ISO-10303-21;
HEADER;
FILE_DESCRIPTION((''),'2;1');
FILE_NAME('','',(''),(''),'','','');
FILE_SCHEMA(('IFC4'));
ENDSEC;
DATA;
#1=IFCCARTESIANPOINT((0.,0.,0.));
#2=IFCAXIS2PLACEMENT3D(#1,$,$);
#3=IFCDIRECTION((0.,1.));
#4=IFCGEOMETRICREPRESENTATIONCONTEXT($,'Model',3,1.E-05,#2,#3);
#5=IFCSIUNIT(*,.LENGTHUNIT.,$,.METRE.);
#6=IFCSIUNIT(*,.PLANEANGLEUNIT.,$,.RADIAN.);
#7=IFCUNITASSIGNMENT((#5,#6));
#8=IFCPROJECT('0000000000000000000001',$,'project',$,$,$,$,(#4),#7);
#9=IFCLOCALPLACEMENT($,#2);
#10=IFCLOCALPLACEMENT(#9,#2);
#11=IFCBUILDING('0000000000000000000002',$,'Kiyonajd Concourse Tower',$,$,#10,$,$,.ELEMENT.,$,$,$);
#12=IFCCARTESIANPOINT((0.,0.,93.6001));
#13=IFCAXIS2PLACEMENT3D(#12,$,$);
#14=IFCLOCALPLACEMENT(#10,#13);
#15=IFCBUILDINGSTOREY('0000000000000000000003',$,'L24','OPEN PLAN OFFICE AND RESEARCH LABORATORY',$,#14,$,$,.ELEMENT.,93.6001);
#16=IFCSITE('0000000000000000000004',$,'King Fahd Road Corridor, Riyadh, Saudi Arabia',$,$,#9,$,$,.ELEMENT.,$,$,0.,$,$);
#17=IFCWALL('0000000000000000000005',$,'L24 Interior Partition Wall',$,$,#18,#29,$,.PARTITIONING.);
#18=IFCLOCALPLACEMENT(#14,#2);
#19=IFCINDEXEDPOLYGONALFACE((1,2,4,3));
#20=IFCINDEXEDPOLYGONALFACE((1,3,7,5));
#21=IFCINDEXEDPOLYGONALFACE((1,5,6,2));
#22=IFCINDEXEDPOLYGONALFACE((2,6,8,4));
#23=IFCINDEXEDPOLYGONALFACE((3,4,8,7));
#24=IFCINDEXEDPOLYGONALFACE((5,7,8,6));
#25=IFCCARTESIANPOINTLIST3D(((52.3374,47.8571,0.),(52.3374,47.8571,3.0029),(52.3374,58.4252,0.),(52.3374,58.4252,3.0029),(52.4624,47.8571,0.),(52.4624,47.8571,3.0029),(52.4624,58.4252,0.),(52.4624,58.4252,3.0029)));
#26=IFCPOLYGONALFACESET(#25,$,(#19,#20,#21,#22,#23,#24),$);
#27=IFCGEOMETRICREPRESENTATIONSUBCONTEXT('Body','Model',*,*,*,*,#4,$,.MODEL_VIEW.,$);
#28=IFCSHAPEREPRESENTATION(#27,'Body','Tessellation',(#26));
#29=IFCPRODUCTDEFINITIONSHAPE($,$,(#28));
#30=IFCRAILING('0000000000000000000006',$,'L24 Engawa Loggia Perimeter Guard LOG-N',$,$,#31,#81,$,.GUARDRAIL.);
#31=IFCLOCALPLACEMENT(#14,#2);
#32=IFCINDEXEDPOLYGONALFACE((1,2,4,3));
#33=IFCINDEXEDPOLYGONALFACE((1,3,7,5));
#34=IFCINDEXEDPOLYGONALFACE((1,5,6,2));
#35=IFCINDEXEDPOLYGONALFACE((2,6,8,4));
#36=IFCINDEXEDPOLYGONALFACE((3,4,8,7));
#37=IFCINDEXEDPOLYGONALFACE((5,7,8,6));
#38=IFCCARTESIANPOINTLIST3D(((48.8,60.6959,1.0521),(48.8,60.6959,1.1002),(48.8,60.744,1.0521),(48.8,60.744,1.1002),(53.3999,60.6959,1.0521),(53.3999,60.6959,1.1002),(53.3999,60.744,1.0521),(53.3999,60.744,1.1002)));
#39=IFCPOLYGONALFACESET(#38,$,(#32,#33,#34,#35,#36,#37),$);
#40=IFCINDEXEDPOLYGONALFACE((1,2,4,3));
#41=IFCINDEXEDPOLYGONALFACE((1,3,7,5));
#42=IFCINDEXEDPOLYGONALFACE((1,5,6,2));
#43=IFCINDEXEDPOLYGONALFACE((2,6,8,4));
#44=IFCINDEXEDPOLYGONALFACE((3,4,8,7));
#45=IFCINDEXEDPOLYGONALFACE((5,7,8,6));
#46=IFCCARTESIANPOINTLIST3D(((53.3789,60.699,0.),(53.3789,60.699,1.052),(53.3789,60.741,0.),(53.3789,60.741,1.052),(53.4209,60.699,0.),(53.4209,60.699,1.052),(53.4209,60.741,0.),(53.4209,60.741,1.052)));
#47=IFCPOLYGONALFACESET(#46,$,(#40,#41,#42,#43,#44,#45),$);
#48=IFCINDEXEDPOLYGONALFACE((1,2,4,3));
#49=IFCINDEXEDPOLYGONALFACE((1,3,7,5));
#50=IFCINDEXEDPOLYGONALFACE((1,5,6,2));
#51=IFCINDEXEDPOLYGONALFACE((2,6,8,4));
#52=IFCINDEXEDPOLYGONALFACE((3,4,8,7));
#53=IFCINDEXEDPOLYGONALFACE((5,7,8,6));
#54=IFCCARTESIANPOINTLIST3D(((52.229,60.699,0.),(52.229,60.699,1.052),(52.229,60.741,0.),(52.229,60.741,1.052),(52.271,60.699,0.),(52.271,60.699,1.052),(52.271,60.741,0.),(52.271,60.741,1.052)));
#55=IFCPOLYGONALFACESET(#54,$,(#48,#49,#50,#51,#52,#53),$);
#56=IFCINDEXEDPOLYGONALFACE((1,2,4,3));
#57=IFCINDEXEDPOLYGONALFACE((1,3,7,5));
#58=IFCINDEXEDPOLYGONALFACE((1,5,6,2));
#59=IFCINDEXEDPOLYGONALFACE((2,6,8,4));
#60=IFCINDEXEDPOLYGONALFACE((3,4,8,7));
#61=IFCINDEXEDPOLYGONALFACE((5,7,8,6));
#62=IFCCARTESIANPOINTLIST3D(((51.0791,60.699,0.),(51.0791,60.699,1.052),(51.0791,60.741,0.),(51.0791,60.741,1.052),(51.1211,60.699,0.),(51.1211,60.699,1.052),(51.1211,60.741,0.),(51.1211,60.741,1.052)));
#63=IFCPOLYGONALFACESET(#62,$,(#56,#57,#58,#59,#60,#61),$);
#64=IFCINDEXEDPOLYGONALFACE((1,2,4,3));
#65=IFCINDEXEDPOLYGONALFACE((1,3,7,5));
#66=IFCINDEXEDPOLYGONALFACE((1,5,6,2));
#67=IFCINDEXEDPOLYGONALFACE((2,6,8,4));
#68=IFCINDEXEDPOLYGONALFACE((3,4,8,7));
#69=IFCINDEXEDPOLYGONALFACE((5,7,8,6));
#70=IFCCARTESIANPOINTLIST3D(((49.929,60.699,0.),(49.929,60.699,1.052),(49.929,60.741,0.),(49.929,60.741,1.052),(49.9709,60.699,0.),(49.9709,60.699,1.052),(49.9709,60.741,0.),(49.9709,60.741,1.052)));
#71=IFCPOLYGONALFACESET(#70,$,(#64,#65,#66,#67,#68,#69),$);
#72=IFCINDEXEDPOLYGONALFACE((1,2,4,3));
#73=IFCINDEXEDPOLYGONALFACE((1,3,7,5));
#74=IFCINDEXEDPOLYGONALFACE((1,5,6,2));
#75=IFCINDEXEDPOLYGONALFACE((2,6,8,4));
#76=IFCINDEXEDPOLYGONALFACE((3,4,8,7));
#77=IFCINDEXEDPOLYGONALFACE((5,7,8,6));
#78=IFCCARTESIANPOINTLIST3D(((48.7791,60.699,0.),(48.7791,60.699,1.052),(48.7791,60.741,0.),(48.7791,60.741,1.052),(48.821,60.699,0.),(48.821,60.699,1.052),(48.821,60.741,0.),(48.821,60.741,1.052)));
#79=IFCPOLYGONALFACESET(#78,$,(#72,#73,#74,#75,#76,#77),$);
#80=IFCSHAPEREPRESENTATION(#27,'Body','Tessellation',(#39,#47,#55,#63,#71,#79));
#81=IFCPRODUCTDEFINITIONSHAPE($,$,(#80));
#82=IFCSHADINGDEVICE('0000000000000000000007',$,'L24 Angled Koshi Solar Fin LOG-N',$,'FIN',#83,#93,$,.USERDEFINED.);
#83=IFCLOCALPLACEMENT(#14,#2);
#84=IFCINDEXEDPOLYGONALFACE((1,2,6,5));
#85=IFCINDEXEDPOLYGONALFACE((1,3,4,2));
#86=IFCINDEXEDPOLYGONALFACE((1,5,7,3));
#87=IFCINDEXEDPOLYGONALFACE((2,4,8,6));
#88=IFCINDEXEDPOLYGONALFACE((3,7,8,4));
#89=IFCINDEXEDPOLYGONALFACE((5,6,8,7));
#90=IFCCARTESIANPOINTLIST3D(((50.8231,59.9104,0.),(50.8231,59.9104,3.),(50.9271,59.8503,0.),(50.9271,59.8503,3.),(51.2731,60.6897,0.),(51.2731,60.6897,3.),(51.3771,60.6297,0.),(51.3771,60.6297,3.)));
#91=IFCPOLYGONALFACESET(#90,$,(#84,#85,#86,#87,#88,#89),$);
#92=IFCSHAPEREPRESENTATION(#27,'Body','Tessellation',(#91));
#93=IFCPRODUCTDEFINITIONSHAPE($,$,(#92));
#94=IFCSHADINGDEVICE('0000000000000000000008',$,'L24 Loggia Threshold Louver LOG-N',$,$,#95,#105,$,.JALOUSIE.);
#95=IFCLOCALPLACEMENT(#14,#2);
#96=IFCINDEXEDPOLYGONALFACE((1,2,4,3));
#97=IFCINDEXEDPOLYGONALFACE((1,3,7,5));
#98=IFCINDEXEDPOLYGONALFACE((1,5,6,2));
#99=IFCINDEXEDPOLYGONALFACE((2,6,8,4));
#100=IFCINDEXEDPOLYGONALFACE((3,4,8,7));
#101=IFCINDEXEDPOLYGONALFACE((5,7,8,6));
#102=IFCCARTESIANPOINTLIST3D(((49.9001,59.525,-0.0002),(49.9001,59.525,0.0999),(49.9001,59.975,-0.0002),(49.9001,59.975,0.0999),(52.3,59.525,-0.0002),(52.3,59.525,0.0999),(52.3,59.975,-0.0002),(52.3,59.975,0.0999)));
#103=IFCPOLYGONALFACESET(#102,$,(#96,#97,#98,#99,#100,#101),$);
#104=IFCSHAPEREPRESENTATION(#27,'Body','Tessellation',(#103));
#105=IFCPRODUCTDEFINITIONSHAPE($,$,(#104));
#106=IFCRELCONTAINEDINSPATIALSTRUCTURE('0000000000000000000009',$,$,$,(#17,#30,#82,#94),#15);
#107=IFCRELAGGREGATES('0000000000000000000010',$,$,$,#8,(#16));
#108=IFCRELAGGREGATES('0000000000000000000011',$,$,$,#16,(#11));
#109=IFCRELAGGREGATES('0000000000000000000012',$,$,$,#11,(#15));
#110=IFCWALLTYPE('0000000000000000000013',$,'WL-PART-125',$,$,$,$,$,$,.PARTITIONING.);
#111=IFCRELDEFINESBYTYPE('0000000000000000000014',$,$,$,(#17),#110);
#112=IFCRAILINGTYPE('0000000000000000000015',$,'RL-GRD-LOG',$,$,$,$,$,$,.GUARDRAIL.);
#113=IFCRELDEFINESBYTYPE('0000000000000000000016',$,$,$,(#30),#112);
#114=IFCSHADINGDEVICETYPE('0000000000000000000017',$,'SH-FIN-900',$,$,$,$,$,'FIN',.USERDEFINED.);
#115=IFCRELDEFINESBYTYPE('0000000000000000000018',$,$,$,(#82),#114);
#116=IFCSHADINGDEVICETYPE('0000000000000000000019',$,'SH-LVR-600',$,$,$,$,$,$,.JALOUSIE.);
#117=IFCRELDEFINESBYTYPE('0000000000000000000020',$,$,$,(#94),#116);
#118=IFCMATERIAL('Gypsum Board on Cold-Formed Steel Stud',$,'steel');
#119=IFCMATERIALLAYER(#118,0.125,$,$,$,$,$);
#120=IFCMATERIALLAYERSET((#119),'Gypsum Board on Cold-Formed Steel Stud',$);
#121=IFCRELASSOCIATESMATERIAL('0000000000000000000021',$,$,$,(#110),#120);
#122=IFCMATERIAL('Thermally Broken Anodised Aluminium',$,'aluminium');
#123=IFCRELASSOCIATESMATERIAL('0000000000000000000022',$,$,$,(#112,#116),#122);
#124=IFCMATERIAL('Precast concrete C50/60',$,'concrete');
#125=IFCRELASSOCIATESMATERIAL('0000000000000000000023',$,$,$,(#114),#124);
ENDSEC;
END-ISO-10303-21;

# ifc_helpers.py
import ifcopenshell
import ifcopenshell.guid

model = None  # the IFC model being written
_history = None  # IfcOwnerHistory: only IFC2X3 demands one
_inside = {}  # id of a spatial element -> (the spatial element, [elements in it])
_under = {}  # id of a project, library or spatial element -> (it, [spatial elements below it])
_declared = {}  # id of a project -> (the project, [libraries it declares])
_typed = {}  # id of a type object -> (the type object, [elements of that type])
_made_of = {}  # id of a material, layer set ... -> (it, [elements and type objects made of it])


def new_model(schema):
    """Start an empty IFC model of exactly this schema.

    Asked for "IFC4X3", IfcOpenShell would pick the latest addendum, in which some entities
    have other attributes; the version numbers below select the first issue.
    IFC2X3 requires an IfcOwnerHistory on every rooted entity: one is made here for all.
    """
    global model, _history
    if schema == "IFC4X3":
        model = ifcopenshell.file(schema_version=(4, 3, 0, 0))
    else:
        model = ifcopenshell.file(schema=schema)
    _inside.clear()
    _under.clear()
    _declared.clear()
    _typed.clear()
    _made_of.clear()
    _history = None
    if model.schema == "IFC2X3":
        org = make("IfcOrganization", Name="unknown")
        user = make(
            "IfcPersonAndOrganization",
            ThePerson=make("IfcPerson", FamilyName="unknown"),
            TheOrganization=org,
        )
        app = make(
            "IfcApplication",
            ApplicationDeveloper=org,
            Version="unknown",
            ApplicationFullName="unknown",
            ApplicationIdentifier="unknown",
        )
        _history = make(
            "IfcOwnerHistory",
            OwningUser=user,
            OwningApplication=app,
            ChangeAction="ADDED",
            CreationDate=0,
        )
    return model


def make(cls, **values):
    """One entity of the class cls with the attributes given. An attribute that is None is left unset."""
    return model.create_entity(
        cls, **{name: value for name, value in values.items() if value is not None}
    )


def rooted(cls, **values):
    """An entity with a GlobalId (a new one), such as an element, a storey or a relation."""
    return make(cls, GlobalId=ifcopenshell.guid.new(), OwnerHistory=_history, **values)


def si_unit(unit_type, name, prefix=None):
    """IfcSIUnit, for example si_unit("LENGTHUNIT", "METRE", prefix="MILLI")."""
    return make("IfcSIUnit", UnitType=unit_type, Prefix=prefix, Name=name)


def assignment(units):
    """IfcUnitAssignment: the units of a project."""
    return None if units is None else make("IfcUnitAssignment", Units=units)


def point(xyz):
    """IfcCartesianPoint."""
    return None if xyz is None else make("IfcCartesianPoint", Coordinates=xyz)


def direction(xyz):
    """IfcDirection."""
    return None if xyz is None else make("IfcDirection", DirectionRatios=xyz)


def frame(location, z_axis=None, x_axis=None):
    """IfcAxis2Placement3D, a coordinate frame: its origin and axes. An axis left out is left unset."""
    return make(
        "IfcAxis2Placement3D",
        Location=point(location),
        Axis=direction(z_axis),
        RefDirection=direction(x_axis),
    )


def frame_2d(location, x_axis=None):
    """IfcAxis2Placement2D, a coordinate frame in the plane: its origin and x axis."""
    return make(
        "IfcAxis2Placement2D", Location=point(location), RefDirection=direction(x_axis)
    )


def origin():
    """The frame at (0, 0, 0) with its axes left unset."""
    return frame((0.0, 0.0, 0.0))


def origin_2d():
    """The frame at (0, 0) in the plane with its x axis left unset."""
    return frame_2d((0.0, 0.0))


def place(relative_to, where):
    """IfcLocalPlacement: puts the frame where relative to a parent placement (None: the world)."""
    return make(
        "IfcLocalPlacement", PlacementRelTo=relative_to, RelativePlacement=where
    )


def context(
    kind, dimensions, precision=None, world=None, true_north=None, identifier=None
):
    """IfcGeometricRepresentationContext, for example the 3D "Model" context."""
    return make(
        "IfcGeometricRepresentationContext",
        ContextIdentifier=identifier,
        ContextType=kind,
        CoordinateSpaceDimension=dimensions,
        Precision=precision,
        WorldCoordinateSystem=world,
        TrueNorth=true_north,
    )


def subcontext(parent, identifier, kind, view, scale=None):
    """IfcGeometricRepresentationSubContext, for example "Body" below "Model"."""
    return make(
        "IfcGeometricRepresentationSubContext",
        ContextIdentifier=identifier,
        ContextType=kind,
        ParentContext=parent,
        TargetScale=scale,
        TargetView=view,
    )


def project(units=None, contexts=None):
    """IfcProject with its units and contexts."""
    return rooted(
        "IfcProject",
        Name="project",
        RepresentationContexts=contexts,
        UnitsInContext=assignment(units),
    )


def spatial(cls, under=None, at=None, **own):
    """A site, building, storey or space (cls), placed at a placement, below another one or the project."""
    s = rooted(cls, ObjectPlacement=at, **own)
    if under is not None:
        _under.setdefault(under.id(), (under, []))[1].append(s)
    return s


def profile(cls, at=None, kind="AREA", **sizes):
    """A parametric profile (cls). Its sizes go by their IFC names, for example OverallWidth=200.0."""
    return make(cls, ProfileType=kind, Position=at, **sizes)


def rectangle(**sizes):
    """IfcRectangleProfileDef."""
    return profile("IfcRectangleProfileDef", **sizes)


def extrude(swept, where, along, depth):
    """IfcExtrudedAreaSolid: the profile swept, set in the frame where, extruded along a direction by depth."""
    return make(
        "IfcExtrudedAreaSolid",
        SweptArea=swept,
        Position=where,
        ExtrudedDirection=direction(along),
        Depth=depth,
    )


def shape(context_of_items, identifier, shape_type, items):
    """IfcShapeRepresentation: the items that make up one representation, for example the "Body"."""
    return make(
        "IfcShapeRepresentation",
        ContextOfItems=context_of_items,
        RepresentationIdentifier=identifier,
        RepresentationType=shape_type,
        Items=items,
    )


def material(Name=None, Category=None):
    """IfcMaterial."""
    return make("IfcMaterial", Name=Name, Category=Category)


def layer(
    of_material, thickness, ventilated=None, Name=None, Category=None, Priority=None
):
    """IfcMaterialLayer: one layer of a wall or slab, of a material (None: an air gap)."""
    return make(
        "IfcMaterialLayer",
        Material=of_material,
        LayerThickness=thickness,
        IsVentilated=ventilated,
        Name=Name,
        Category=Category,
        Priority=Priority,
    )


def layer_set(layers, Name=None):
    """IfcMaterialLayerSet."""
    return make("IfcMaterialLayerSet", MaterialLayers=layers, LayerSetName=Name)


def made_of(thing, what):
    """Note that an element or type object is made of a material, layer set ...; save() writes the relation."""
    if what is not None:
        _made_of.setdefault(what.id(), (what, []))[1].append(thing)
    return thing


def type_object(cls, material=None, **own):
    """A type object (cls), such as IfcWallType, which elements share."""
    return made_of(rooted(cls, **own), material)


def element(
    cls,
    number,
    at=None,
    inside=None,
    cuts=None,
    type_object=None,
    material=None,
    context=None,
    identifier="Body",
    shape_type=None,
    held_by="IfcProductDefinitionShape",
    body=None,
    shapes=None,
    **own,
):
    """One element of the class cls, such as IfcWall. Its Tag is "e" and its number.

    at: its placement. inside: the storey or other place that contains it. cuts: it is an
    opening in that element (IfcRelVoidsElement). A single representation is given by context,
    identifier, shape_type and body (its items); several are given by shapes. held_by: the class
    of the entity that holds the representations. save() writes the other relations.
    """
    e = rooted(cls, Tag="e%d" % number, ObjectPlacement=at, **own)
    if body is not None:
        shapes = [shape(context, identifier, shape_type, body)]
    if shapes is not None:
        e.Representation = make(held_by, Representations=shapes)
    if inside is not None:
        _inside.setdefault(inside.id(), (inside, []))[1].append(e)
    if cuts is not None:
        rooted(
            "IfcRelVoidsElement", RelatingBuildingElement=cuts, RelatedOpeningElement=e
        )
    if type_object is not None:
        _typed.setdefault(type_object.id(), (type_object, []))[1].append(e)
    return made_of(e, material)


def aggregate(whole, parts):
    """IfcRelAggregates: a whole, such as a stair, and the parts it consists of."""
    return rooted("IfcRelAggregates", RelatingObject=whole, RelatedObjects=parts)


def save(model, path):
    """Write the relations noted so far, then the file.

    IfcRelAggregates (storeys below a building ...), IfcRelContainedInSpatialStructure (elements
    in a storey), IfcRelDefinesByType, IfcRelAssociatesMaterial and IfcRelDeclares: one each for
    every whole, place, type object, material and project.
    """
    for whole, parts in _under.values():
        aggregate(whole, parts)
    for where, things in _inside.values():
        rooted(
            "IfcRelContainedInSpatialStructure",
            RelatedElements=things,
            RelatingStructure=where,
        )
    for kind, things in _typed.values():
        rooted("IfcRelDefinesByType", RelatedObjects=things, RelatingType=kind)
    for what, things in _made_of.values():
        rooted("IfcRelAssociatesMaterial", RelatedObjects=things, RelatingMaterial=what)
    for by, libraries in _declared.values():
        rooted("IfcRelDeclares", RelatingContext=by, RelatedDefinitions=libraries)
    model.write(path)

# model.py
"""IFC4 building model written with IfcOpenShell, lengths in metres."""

from ifc_helpers import new_model, si_unit, direction, frame, frame_2d, origin, origin_2d, place, context, subcontext, project, spatial, rectangle, extrude, material, layer, layer_set, type_object, element, save


model = new_model("IFC4")

# Units and contexts
model_context = context("Model", 3, precision=1e-05, world=origin(), true_north=direction((0.0, 1.0)))
body_context = subcontext(model_context, "Body", "Model", "MODEL_VIEW")
ifc_project = project(units=[si_unit("LENGTHUNIT", "METRE"), si_unit("PLANEANGLEUNIT", "RADIAN")], contexts=[model_context])

# Site, building, storey
site_placement = place(None, origin())
site = spatial("IfcSite", under=ifc_project, at=site_placement, Name="King Fahd Road Corridor, Riyadh, Saudi Arabia", CompositionType="ELEMENT", RefElevation=0.0)
building_placement = place(site_placement, origin())
building = spatial("IfcBuilding", under=site, at=building_placement, Name="Kiyonajd Concourse Tower", CompositionType="ELEMENT")
storey_placement = place(building_placement, frame((0.0, 0.0, 93.6001)))
storey = spatial("IfcBuildingStorey", under=building, at=storey_placement, Name="L24", Description="OPEN PLAN OFFICE AND RESEARCH LABORATORY", CompositionType="ELEMENT", Elevation=93.6001)

# Shared definitions
ifc_material_1 = material(Name="Precast concrete C50/60", Category="concrete")

# Shared definitions
ifc_material_2 = material(Name="Thermally Broken Anodised Aluminium", Category="aluminium")

# Wall
ifc_material_3 = material(Name="Gypsum Board on Cold-Formed Steel Stud", Category="steel")
ifc_layer_1 = layer(ifc_material_3, 0.125)
ifc_layer_set_1 = layer_set([ifc_layer_1], Name="Gypsum Board on Cold-Formed Steel Stud")
wall_type_1 = type_object("IfcWallType", Name="WL-PART-125", PredefinedType="PARTITIONING", material=ifc_layer_set_1)
wall_1_placement = place(storey_placement, frame((52.3999, 47.8569, 0.0), z_axis=(0.0, 0.0, 1.0), x_axis=(0.0, 1.0, 0.0)))
element("IfcWall", 1, at=wall_1_placement, inside=storey, type_object=wall_type_1, Name="L24 Interior Partition Wall", PredefinedType="PARTITIONING", context=body_context, shape_type="SweptSolid", body=[
    extrude(rectangle(XDim=10.5681, YDim=0.125, at=frame_2d((5.2842, 0.0))), origin(), (0.0, 0.0, 1.0), 3.0029),
])

# Railing
railing_type = type_object("IfcRailingType", Name="RL-GRD-LOG", PredefinedType="GUARDRAIL", material=ifc_material_2)
railing_placement = place(storey_placement, frame((53.3999, 60.72, 0.0)))
element("IfcRailing", 2, at=railing_placement, inside=storey, type_object=railing_type, Name="L24 Engawa Loggia Perimeter Guard LOG-N", PredefinedType="GUARDRAIL", context=body_context, shape_type="SweptSolid", body=[
    extrude(rectangle(XDim=0.0481, YDim=0.0481, at=origin_2d()), frame((0.0, 0.0, 1.0762), z_axis=(-1.0, 0.0, 0.0), x_axis=(0.0, -1.0, 0.0)), (0.0, 0.0, 1.0), 4.5999),
    extrude(rectangle(XDim=0.042, YDim=0.042, at=origin_2d()), origin(), (0.0, 0.0, 1.0), 1.052),
    extrude(rectangle(XDim=0.042, YDim=0.042, at=origin_2d()), frame((-1.1499, 0.0, 0.0)), (0.0, 0.0, 1.0), 1.052),
    extrude(rectangle(XDim=0.042, YDim=0.042, at=origin_2d()), frame((-2.2998, 0.0, 0.0)), (0.0, 0.0, 1.0), 1.052),
    extrude(rectangle(XDim=0.042, YDim=0.042, at=origin_2d()), frame((-3.45, 0.0, 0.0)), (0.0, 0.0, 1.0), 1.052),
    extrude(rectangle(XDim=0.042, YDim=0.042, at=origin_2d()), frame((-4.5999, 0.0, 0.0)), (0.0, 0.0, 1.0), 1.052),
])

# Shading devices
shading_device_type_1 = type_object("IfcShadingDeviceType", Name="SH-FIN-900", ElementType="FIN", PredefinedType="USERDEFINED", material=ifc_material_1)
shading_device_1_placement = place(storey_placement, frame((51.1001, 60.27, 0.0), z_axis=(0.0, 0.0, 1.0), x_axis=(0.5, 0.866025, 0.0)))
element("IfcShadingDevice", 3, at=shading_device_1_placement, inside=storey, type_object=shading_device_type_1, Name="L24 Angled Koshi Solar Fin LOG-N", ObjectType="FIN", PredefinedType="USERDEFINED", context=body_context, shape_type="SweptSolid", body=[
    extrude(rectangle(XDim=0.8999, YDim=0.1201, at=origin_2d()), origin(), (0.0, 0.0, 1.0), 3.0),
])
shading_device_type_2 = type_object("IfcShadingDeviceType", Name="SH-LVR-600", PredefinedType="JALOUSIE", material=ifc_material_2)
shading_device_2_placement = place(storey_placement, frame((51.1001, 59.75, -0.0002), z_axis=(0.0, 0.0, 1.0), x_axis=(1.0, 0.0, 0.0)))
element("IfcShadingDevice", 4, at=shading_device_2_placement, inside=storey, type_object=shading_device_type_2, Name="L24 Loggia Threshold Louver LOG-N", PredefinedType="JALOUSIE", context=body_context, shape_type="SweptSolid", body=[
    extrude(rectangle(XDim=2.3999, YDim=0.45, at=origin_2d()), origin(), (0.0, 0.0, 1.0), 0.1001),
])

save(model, "model.ifc")
